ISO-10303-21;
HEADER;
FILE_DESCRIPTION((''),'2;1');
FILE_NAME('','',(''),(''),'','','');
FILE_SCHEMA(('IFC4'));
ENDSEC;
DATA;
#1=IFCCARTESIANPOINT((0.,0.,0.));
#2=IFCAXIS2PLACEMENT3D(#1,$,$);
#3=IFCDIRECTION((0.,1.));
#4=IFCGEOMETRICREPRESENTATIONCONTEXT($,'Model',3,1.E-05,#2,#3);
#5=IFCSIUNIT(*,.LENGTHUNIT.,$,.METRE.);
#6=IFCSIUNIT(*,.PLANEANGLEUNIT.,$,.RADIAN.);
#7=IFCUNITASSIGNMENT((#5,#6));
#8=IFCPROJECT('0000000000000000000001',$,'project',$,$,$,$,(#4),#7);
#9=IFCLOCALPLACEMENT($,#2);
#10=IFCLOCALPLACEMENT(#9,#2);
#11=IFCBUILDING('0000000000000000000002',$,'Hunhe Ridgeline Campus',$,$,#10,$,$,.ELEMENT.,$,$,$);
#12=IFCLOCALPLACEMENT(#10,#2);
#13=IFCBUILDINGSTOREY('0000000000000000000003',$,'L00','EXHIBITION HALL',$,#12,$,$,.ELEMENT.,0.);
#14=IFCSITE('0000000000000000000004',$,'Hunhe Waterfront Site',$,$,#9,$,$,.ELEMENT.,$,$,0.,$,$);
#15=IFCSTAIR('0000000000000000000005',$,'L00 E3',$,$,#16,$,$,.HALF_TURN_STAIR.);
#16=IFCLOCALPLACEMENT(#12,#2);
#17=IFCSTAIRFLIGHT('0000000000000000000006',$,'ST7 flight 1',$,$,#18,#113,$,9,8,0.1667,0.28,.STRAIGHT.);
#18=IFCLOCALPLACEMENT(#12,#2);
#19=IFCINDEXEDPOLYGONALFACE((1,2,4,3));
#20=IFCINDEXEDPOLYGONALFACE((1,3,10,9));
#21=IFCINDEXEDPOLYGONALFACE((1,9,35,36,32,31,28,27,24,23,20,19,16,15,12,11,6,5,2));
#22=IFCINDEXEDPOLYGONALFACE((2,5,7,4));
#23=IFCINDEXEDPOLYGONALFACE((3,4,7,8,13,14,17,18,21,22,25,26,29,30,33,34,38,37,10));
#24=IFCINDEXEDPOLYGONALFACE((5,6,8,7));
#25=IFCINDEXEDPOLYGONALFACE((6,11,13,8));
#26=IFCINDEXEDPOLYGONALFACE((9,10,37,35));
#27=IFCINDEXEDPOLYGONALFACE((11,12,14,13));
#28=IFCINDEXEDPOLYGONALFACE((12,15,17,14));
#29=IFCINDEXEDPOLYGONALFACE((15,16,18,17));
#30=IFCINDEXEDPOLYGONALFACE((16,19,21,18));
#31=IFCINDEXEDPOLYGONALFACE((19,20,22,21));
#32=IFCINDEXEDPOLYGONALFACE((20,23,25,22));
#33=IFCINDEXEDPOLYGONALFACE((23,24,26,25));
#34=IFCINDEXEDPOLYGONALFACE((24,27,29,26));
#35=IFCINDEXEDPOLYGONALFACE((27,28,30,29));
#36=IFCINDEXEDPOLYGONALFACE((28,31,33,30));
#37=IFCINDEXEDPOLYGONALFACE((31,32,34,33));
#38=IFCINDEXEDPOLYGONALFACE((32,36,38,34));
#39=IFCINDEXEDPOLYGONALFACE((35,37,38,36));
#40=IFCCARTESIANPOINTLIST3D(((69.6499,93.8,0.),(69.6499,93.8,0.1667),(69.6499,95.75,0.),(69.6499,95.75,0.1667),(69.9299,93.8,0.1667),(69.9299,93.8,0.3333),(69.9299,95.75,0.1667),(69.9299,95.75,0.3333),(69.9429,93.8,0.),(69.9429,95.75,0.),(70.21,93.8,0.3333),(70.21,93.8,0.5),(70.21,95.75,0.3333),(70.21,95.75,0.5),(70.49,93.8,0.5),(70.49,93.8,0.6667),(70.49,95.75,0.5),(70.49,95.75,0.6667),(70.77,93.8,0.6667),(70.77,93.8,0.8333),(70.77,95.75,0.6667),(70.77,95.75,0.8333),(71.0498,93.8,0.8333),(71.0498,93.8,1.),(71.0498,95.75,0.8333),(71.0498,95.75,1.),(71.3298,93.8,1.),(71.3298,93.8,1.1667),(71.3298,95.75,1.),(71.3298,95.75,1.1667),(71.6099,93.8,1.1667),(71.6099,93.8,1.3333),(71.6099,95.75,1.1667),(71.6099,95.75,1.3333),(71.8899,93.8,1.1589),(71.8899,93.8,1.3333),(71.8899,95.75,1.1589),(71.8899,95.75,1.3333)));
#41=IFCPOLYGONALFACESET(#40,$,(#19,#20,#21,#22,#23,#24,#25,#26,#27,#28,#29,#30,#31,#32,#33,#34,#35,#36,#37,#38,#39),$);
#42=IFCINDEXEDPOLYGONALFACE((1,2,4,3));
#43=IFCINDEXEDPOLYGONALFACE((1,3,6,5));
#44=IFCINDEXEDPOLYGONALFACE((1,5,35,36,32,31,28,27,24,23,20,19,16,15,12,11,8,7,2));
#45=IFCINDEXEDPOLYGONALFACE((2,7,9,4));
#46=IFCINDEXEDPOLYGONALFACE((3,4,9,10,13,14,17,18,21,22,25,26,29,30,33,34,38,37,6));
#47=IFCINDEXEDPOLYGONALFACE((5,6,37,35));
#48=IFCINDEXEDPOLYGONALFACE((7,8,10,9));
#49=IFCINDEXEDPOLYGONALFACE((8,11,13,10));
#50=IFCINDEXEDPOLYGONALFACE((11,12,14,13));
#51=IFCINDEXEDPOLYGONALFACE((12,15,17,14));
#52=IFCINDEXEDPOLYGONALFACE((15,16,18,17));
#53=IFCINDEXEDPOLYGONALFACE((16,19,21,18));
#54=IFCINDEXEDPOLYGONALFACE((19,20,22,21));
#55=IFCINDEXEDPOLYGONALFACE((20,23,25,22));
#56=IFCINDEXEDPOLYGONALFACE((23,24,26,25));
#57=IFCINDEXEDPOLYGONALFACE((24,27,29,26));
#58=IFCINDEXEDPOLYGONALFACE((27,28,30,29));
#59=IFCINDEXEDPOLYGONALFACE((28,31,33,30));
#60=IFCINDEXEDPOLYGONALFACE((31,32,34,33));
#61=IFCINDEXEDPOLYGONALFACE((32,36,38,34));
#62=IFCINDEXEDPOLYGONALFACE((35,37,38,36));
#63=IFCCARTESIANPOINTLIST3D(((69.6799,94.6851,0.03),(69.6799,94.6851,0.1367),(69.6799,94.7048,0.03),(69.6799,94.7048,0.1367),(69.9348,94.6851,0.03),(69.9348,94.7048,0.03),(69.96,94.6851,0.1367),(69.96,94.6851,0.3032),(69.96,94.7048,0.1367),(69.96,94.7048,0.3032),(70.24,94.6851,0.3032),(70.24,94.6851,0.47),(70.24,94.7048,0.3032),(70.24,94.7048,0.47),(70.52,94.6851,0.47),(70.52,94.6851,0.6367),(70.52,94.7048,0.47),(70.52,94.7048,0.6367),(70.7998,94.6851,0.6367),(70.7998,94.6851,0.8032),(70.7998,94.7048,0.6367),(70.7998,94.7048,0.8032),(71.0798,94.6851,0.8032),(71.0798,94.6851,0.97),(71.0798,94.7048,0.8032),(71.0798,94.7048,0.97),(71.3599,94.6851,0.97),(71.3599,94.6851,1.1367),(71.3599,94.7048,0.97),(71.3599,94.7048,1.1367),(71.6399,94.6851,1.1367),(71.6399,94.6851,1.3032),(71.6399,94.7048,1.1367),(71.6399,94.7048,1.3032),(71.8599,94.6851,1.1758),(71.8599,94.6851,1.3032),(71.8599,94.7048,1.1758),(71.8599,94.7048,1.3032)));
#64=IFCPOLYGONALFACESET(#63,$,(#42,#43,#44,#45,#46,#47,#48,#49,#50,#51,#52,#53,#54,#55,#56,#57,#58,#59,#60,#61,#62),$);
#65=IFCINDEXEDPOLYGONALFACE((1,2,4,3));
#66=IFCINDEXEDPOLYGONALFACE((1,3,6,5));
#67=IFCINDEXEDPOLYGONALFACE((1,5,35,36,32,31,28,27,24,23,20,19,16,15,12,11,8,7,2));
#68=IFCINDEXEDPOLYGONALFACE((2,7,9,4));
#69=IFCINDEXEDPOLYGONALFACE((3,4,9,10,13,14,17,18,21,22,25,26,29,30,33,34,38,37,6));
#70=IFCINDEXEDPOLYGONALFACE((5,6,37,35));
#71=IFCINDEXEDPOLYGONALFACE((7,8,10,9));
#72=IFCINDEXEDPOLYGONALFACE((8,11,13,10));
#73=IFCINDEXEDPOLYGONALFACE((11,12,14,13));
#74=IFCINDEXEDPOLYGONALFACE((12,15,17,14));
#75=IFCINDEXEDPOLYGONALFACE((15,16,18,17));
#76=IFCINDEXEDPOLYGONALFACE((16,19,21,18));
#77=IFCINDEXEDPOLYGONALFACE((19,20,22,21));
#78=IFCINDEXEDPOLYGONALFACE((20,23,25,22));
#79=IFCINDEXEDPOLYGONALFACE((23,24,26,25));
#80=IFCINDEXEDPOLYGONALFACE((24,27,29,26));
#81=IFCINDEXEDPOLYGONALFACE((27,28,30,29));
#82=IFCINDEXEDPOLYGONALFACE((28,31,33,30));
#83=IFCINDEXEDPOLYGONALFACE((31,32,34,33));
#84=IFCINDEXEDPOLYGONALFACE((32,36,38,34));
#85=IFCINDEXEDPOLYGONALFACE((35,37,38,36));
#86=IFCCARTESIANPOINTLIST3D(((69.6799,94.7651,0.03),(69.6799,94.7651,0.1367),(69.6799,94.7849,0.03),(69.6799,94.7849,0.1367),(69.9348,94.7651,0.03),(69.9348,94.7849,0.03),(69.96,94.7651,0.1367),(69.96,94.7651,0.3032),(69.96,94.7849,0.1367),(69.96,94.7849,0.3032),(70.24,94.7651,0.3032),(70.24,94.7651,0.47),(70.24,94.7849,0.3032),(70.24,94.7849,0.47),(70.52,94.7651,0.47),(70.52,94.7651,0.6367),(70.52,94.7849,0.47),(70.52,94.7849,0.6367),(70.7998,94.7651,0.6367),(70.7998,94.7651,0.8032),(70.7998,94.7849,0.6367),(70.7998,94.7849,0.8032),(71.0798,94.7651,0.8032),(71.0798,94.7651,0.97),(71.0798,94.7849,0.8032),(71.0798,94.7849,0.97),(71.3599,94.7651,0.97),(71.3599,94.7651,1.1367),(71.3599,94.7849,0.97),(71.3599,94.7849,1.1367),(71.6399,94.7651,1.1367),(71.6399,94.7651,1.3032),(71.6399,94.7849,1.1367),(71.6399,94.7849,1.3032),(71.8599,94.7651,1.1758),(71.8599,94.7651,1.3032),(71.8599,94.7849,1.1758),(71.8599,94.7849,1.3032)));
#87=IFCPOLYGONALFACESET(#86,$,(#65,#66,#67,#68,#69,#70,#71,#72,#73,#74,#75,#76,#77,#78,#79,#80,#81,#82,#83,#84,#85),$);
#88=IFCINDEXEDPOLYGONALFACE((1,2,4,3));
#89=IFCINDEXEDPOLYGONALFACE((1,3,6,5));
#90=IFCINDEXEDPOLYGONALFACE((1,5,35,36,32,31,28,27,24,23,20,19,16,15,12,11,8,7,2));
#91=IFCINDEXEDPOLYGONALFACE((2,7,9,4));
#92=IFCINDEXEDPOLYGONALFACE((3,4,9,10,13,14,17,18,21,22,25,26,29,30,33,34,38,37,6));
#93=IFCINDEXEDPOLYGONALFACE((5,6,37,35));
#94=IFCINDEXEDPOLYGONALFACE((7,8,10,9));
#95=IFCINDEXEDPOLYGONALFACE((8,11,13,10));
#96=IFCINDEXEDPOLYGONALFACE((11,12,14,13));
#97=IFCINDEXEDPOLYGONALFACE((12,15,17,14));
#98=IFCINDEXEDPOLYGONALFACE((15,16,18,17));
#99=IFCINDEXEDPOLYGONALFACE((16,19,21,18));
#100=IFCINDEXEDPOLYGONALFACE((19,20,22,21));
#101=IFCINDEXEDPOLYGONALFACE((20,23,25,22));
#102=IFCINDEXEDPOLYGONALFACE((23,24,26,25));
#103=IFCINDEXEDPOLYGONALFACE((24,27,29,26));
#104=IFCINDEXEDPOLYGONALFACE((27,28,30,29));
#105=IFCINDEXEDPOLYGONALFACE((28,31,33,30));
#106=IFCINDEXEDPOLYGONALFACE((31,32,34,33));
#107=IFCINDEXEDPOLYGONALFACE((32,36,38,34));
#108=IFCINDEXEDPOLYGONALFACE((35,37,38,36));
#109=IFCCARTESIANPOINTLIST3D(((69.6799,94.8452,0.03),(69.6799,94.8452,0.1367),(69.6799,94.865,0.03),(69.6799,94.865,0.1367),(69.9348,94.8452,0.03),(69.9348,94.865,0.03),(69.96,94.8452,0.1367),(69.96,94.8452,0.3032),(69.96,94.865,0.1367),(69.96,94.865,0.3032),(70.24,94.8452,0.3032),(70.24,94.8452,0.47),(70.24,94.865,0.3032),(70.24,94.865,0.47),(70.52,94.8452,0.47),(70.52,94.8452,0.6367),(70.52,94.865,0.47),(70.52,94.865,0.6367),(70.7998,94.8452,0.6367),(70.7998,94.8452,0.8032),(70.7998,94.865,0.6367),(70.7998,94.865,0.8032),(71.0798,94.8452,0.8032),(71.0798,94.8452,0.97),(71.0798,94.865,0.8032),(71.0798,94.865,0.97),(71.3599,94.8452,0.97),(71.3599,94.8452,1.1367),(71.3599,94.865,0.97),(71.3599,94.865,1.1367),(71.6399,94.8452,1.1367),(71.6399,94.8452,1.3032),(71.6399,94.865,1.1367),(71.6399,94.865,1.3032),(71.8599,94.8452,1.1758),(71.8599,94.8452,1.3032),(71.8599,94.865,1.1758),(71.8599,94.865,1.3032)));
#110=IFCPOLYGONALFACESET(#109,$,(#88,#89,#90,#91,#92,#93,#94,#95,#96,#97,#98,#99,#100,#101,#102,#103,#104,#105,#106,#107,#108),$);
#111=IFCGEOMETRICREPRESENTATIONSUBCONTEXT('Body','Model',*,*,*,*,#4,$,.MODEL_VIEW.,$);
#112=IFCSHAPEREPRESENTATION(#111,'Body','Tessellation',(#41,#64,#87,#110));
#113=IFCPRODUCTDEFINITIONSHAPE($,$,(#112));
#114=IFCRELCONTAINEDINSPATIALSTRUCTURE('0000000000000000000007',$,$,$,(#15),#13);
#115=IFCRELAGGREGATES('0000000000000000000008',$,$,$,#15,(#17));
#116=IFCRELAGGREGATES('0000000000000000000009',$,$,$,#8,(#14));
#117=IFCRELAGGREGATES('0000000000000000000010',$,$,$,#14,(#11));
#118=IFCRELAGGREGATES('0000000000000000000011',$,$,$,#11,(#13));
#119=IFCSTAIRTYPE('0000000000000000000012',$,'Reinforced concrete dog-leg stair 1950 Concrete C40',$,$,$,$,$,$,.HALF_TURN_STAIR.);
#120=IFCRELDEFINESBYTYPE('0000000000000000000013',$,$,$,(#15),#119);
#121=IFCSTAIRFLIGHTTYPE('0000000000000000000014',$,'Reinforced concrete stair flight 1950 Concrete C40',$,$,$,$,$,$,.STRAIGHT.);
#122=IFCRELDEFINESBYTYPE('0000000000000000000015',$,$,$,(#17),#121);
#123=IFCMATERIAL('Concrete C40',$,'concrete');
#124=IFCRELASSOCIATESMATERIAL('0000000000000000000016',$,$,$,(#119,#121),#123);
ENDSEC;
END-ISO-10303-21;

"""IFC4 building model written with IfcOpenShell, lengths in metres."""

from ifc_helpers import new_model, si_unit, direction, frame, origin, place, context, subcontext, project, spatial, polyline, outline, extrude, material, type_object, element, aggregate, save


model = new_model("IFC4")

# Units and contexts
model_context = context("Model", 3, precision=1e-05, world=origin(), true_north=direction((0.0, 1.0)))
body_context = subcontext(model_context, "Body", "Model", "MODEL_VIEW")
ifc_project = project(units=[si_unit("LENGTHUNIT", "METRE"), si_unit("PLANEANGLEUNIT", "RADIAN")], contexts=[model_context])

# Site, building, storey
site_placement = place(None, origin())
site = spatial("IfcSite", under=ifc_project, at=site_placement, Name="Hunhe Waterfront Site", CompositionType="ELEMENT", RefElevation=0.0)
building_placement = place(site_placement, origin())
building = spatial("IfcBuilding", under=site, at=building_placement, Name="Hunhe Ridgeline Campus", CompositionType="ELEMENT")
storey_placement = place(building_placement, origin())
storey = spatial("IfcBuildingStorey", under=building, at=storey_placement, Name="L00", Description="EXHIBITION HALL", CompositionType="ELEMENT", Elevation=0.0)

# Stair, stair flight
ifc_material_1 = material(Name="Concrete C40", Category="concrete")
stair_type = type_object("IfcStairType", Name="Reinforced concrete dog-leg stair 1950 Concrete C40", PredefinedType="HALF_TURN_STAIR", material=ifc_material_1)
stair_flight_type = type_object("IfcStairFlightType", Name="Reinforced concrete stair flight 1950 Concrete C40", PredefinedType="STRAIGHT", material=ifc_material_1)
stair_1_placement = place(storey_placement, origin())
stair_1 = element("IfcStair", 1, at=stair_1_placement, inside=storey, type_object=stair_type, Name="L00 E3", PredefinedType="HALF_TURN_STAIR")
stair_flight_1_placement = place(storey_placement, frame((69.6499, 94.7749, 0.0), z_axis=(0.0, 0.0, 1.0), x_axis=(1.0, 0.0, 0.0)))
stair_flight_1 = element("IfcStairFlight", 2, at=stair_flight_1_placement, type_object=stair_flight_type, Name="ST7 flight 1", NumberOfRisers=9, NumberOfTreads=8, PredefinedType="STRAIGHT", RiserHeight=0.1667, TreadLength=0.28, context=body_context, shape_type="SweptSolid", body=[
    extrude(outline(polyline([(0.0, 0.0), (0.0, 0.1667), (0.28, 0.1667), (0.28, 0.3333), (0.5601, 0.3333), (0.5601, 0.5), (0.8401, 0.5), (0.8401, 0.6667), (1.1201, 0.6667), (1.1201, 0.8333), (1.3999, 0.8333), (1.3999, 1.0), (1.6799, 1.0), (1.6799, 1.1667), (1.96, 1.1667), (1.96, 1.3333), (2.24, 1.3333), (2.24, 1.5), (2.24, 1.1589), (0.293, 0.0), (0.0, 0.0)])), frame((0.0, 0.9751, 0.0), z_axis=(0.0, -1.0, 0.0), x_axis=(1.0, 0.0, 0.0)), (0.0, 0.0, 1.0), 1.95),
    extrude(outline(polyline([(0.03, 0.03), (0.03, 0.1367), (0.3101, 0.1367), (0.3101, 0.3032), (0.5901, 0.3032), (0.5901, 0.47), (0.8701, 0.47), (0.8701, 0.6367), (1.1499, 0.6367), (1.1499, 0.8032), (1.4299, 0.8032), (1.4299, 0.97), (1.71, 0.97), (1.71, 1.1367), (1.99, 1.1367), (1.99, 1.3032), (2.21, 1.3032), (2.21, 1.1758), (0.2849, 0.03), (0.03, 0.03)])), frame((0.0, -0.0701, 0.0), z_axis=(0.0, -1.0, 0.0), x_axis=(1.0, 0.0, 0.0)), (0.0, 0.0, 1.0), 0.0198),
    extrude(outline(polyline([(0.03, 0.03), (0.03, 0.1367), (0.3101, 0.1367), (0.3101, 0.3032), (0.5901, 0.3032), (0.5901, 0.47), (0.8701, 0.47), (0.8701, 0.6367), (1.1499, 0.6367), (1.1499, 0.8032), (1.4299, 0.8032), (1.4299, 0.97), (1.71, 0.97), (1.71, 1.1367), (1.99, 1.1367), (1.99, 1.3032), (2.21, 1.3032), (2.21, 1.1758), (0.2849, 0.03), (0.03, 0.03)])), frame((0.0, 0.01, 0.0), z_axis=(0.0, -1.0, 0.0), x_axis=(1.0, 0.0, 0.0)), (0.0, 0.0, 1.0), 0.0198),
    extrude(outline(polyline([(0.03, 0.03), (0.03, 0.1367), (0.3101, 0.1367), (0.3101, 0.3032), (0.5901, 0.3032), (0.5901, 0.47), (0.8701, 0.47), (0.8701, 0.6367), (1.1499, 0.6367), (1.1499, 0.8032), (1.4299, 0.8032), (1.4299, 0.97), (1.71, 0.97), (1.71, 1.1367), (1.99, 1.1367), (1.99, 1.3032), (2.21, 1.3032), (2.21, 1.1758), (0.2849, 0.03), (0.03, 0.03)])), frame((0.0, 0.0901, 0.0), z_axis=(0.0, -1.0, 0.0), x_axis=(1.0, 0.0, 0.0)), (0.0, 0.0, 1.0), 0.0198),
])
aggregate(stair_1, [stair_flight_1])

save(model, "model.ifc")
